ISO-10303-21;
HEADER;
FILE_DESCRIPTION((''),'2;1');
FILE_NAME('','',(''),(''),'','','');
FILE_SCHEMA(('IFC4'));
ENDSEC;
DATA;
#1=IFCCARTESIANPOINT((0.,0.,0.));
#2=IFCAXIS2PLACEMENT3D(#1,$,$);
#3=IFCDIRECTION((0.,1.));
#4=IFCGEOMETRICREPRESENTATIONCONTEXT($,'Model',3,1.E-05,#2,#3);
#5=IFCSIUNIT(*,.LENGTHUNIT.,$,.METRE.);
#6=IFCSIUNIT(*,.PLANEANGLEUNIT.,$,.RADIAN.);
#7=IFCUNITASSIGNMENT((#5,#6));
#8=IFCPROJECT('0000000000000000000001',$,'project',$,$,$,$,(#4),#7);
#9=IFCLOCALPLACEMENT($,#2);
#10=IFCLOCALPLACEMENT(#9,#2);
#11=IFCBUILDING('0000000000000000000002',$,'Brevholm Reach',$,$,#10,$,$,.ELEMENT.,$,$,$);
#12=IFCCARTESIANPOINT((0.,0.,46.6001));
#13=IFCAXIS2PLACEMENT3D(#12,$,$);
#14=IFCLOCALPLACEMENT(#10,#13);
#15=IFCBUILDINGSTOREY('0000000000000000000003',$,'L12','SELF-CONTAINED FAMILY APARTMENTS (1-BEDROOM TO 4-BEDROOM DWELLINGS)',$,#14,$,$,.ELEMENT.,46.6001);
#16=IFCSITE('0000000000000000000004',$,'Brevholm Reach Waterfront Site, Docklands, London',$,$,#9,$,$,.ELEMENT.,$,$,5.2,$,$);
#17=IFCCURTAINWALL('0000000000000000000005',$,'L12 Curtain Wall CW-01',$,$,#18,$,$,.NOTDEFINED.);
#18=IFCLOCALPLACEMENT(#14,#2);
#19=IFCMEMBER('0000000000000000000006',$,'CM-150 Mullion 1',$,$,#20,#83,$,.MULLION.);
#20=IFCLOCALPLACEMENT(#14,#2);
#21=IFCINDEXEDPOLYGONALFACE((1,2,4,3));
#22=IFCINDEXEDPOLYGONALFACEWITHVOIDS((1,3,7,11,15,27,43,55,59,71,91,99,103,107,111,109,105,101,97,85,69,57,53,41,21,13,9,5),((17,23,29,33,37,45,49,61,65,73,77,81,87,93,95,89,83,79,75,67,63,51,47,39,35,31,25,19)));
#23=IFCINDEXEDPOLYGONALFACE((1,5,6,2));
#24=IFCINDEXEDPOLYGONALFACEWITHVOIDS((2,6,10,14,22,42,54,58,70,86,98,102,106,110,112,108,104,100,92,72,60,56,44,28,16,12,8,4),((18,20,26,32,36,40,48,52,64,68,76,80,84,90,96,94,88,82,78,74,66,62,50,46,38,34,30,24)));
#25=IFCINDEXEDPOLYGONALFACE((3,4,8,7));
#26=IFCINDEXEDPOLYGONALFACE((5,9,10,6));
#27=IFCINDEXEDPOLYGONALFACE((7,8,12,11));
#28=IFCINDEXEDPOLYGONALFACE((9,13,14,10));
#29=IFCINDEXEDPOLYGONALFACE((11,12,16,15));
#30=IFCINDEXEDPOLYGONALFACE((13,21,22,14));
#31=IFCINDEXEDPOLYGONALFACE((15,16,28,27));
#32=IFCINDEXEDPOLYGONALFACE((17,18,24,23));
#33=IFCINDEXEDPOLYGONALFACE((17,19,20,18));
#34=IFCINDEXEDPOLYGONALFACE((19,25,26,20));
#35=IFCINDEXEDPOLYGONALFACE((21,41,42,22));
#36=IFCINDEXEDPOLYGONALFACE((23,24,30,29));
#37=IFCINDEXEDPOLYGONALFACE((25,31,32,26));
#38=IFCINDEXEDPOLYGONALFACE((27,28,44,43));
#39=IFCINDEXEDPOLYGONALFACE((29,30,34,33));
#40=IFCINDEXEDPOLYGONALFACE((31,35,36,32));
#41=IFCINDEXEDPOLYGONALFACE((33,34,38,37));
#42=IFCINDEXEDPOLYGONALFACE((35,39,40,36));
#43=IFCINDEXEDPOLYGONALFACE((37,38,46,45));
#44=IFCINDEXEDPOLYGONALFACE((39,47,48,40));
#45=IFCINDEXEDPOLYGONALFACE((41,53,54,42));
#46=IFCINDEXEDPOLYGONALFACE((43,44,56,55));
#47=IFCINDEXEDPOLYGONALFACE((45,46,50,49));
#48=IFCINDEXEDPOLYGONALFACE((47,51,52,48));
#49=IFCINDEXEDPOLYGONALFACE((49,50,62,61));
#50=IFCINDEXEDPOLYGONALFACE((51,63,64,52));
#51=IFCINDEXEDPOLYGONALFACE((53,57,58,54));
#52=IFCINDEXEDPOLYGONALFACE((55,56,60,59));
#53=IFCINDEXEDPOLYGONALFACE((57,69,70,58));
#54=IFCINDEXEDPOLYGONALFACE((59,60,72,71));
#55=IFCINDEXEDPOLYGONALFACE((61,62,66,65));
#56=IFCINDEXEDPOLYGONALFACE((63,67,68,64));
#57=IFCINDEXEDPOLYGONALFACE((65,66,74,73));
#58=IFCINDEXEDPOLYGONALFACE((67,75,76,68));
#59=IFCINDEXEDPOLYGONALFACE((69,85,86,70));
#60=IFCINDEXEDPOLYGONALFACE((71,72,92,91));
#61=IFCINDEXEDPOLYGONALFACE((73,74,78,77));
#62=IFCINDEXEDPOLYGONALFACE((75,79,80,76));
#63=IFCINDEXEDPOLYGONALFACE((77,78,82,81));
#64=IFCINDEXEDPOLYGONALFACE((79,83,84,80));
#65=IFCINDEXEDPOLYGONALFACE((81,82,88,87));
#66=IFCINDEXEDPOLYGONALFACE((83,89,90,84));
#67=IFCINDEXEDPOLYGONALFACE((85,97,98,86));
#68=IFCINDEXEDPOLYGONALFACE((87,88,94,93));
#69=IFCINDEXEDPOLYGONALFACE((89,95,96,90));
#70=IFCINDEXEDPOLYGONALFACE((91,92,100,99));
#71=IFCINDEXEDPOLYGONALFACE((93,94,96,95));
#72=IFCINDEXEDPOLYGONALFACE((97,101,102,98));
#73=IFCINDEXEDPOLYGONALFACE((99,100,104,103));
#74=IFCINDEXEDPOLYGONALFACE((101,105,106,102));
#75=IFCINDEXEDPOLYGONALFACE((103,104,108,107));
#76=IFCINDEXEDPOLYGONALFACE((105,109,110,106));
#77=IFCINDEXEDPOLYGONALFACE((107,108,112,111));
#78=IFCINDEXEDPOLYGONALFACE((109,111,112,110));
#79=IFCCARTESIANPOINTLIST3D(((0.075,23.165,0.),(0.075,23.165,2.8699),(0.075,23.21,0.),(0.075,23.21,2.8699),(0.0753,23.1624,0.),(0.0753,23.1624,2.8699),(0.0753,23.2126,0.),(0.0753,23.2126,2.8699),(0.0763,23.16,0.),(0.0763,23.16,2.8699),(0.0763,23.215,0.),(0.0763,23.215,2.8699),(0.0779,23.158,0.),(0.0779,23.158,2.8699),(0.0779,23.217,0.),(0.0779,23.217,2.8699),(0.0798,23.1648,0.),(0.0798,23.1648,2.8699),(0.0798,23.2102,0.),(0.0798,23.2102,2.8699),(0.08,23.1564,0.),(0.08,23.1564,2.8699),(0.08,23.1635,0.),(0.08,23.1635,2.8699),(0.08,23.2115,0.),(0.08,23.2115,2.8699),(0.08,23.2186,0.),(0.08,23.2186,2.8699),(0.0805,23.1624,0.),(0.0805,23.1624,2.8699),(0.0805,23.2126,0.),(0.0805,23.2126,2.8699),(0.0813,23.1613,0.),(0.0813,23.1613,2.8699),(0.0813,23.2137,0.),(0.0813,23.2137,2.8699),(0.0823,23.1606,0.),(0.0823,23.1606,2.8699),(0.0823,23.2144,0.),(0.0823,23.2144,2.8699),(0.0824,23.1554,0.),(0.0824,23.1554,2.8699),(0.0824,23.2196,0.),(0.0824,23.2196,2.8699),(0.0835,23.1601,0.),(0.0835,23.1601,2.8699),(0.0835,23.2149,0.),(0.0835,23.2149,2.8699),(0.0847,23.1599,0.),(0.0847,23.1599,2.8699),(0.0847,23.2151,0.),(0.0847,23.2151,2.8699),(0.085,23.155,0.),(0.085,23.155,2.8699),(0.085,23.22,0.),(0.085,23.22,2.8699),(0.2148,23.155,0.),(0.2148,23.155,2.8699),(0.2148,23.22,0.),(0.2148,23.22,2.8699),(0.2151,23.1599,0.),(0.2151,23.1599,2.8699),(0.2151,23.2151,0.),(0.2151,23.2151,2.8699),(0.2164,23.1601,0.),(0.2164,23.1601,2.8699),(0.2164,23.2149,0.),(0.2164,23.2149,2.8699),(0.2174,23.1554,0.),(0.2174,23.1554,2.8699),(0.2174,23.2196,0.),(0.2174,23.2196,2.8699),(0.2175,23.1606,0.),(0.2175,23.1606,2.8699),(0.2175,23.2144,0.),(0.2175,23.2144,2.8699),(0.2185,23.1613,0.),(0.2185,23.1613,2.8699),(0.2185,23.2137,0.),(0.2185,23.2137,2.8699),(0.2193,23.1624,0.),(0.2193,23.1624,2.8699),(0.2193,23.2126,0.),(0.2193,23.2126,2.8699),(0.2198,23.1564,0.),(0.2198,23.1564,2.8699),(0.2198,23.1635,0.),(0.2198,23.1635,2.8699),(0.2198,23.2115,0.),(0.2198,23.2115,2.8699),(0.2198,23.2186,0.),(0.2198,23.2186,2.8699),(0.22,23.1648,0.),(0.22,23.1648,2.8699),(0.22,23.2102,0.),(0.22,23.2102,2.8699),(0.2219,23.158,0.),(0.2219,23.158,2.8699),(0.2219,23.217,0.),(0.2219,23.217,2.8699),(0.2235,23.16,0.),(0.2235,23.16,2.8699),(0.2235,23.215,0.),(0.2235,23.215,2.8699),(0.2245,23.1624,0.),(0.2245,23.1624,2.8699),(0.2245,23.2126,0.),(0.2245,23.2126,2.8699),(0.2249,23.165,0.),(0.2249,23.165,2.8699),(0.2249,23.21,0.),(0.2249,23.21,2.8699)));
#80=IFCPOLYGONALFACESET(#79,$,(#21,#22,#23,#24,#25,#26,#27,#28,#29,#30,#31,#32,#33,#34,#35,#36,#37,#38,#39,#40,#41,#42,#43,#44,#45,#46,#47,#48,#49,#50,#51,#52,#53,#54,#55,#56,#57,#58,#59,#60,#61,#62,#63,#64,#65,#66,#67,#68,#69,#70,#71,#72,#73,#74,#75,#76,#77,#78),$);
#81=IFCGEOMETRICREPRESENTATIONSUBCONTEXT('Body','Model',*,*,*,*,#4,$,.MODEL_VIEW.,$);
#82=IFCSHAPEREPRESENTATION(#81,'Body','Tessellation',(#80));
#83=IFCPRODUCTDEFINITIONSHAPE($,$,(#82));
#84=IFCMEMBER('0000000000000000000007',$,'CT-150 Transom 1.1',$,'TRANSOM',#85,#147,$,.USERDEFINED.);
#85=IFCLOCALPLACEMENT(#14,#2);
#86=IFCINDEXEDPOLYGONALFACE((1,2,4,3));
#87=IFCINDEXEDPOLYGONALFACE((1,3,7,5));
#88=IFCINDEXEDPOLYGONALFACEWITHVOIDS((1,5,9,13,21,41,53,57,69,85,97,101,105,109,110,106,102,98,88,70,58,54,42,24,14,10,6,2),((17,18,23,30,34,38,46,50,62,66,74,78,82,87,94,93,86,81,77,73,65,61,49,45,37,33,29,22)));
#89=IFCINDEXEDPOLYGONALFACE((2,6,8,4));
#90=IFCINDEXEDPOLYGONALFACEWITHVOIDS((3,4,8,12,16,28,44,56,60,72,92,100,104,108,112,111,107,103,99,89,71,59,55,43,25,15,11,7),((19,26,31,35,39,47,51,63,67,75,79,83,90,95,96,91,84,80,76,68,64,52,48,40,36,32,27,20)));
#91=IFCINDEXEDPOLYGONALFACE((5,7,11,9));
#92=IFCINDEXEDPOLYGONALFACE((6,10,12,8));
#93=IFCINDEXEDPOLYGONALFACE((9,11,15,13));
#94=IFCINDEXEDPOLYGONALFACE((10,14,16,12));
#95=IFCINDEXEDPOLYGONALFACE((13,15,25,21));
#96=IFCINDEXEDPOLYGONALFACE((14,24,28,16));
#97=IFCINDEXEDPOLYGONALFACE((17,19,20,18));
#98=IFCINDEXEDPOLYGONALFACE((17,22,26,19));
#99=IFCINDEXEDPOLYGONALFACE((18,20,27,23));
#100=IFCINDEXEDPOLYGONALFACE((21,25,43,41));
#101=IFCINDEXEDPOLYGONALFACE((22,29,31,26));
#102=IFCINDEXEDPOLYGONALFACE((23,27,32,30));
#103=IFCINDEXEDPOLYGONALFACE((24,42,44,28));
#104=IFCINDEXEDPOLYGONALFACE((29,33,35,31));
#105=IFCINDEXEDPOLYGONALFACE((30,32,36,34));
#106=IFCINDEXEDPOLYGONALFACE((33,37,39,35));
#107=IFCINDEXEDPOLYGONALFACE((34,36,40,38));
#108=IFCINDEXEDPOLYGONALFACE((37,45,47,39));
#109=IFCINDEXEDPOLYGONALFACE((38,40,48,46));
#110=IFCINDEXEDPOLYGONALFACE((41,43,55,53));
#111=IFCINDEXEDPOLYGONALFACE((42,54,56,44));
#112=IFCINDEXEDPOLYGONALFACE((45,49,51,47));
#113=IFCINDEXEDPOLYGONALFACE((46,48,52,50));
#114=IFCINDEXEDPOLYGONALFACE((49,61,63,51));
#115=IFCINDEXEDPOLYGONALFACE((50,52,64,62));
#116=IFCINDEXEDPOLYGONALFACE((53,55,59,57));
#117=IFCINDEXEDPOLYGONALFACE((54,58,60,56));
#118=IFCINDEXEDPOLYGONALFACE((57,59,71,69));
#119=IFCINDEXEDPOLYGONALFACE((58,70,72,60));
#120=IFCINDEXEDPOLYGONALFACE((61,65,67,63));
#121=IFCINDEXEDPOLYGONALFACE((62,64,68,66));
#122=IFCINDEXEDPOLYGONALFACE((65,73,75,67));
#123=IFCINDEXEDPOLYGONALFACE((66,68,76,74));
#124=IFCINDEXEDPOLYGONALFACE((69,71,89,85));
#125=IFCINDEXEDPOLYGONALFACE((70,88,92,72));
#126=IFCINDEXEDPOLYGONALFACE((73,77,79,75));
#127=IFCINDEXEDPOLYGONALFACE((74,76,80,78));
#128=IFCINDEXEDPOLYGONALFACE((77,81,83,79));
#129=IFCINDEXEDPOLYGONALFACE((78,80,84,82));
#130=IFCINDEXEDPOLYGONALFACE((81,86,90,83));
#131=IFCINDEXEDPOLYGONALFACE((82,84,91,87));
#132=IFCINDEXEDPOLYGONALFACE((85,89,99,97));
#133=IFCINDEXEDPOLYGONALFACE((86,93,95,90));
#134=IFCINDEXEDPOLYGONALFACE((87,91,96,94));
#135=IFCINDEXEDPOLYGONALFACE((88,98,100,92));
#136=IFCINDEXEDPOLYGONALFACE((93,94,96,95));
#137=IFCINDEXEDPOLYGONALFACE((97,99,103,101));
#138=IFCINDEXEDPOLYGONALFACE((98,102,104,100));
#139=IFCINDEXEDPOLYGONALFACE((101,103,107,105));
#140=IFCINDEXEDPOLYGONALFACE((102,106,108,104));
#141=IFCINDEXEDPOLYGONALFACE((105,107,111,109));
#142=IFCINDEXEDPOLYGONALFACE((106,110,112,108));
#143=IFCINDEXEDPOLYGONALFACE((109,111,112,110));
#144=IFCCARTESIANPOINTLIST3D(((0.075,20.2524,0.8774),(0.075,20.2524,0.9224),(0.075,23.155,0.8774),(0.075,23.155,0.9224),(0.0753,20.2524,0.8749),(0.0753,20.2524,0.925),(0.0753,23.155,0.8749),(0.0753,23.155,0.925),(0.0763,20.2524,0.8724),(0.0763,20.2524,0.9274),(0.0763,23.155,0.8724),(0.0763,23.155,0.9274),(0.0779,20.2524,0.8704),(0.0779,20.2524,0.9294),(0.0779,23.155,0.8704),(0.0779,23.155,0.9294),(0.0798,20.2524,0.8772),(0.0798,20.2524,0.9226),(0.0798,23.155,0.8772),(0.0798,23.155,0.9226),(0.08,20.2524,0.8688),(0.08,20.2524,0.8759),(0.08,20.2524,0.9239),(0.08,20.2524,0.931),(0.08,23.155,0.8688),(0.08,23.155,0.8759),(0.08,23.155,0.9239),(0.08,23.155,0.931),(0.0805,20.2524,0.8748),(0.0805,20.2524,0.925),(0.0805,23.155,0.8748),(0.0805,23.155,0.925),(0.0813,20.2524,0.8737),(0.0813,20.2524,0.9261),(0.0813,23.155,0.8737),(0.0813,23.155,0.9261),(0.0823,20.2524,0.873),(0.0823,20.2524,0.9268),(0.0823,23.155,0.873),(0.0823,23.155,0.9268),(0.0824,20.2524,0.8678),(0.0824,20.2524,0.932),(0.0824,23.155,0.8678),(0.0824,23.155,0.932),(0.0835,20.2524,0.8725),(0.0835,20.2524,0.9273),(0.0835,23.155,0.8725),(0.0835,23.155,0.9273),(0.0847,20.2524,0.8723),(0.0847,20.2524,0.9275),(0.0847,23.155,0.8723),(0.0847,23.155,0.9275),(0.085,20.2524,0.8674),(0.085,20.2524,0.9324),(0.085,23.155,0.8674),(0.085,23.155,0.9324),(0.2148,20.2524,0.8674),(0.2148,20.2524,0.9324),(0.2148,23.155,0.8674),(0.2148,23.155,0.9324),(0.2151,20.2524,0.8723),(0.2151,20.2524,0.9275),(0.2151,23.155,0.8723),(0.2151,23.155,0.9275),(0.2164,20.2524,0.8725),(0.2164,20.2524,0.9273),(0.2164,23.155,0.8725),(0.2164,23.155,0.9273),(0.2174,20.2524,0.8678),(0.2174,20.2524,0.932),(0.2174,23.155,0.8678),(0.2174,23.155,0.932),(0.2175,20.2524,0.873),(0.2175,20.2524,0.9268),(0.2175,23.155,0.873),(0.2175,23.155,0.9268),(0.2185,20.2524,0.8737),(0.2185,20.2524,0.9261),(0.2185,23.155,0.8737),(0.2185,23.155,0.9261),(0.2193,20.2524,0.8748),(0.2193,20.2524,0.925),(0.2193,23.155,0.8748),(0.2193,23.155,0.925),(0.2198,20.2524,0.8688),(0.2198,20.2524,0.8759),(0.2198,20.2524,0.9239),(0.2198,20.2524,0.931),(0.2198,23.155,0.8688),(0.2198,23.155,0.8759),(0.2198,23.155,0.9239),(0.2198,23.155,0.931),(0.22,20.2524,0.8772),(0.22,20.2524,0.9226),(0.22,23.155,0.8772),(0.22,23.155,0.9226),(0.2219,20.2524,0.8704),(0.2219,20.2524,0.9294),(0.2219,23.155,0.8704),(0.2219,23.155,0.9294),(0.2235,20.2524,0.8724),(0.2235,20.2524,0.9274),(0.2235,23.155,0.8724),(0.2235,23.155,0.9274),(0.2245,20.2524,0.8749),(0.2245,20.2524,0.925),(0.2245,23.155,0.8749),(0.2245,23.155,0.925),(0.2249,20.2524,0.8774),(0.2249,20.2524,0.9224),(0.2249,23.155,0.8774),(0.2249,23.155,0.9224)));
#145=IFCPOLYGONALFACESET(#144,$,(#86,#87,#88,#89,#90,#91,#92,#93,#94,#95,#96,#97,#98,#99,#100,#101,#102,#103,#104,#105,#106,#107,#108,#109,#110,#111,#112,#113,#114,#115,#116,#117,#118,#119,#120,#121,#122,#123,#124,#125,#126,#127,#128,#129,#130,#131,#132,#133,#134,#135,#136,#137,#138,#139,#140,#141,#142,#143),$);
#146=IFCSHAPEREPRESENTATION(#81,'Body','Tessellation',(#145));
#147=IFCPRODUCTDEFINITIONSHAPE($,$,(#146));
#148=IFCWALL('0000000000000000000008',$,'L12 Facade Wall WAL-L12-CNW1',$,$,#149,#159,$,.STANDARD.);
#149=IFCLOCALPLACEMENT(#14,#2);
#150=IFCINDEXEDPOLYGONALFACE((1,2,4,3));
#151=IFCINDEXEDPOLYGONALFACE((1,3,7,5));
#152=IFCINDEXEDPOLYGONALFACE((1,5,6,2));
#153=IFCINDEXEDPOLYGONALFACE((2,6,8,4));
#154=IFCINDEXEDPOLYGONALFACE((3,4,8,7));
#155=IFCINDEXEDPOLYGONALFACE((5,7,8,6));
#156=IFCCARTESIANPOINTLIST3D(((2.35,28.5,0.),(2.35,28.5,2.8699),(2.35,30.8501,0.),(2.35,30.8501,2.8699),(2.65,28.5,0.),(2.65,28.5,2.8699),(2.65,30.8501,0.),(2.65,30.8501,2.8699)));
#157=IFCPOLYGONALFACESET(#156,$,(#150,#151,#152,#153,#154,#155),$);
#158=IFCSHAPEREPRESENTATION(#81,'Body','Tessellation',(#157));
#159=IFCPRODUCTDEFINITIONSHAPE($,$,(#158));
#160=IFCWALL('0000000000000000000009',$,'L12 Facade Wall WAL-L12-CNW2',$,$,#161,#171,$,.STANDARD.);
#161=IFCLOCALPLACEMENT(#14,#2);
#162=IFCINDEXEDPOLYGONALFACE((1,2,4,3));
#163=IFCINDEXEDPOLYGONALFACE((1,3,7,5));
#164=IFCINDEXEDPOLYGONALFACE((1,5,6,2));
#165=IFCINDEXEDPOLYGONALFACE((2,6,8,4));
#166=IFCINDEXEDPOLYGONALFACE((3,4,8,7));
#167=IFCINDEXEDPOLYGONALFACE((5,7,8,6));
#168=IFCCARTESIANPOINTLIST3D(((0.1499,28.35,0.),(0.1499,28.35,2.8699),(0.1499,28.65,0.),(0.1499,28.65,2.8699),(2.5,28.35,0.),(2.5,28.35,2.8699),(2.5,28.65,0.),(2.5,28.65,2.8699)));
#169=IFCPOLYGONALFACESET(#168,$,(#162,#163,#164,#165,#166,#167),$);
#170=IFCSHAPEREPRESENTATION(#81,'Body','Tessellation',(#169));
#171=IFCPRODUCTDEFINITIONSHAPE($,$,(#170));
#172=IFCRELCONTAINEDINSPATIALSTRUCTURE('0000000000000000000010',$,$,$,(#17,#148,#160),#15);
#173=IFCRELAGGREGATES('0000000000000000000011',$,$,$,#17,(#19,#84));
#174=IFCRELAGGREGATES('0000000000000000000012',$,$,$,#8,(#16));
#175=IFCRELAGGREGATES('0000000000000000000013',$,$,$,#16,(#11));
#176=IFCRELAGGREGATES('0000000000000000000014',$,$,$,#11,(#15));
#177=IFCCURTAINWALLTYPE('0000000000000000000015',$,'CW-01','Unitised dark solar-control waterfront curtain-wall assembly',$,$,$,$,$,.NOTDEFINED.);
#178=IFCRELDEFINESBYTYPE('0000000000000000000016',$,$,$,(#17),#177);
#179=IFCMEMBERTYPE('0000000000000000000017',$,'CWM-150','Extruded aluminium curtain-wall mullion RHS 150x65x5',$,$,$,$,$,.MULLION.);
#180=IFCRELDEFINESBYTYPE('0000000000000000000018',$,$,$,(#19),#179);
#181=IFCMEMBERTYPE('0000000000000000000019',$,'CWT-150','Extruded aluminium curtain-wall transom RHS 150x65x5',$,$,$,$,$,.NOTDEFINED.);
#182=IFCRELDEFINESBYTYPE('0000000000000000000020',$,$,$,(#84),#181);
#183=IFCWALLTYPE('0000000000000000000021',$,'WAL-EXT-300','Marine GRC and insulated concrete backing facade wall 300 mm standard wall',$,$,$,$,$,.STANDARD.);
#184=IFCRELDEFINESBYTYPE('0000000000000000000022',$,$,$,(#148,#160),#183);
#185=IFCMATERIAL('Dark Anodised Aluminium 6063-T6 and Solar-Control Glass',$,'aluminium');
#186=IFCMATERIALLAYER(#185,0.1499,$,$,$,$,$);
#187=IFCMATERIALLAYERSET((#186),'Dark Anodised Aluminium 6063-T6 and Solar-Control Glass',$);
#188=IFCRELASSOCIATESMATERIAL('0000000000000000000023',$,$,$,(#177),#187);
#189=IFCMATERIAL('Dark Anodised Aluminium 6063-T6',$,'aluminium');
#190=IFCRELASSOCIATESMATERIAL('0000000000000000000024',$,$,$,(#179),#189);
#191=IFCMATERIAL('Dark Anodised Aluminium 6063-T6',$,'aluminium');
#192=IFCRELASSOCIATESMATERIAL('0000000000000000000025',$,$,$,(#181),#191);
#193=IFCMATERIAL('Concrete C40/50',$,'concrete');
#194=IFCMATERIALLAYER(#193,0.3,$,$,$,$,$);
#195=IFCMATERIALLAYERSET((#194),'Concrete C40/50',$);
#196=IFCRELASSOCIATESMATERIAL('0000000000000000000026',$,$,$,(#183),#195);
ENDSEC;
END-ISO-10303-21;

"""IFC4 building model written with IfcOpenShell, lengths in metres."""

from ifc_helpers import new_model, si_unit, direction, frame, frame_2d, origin, origin_2d, place, context, subcontext, project, spatial, rectangle, hollow_rectangle, extrude, material, layer, layer_set, material_profile, profile_set, type_object, element, aggregate, save


model = new_model("IFC4")

# Units and contexts
model_context = context("Model", 3, precision=1e-05, world=origin(), true_north=direction((0.0, 1.0)))
body_context = subcontext(model_context, "Body", "Model", "MODEL_VIEW")
ifc_project = project(units=[si_unit("LENGTHUNIT", "METRE"), si_unit("PLANEANGLEUNIT", "RADIAN")], contexts=[model_context])

# Site, building, storey
site_placement = place(None, origin())
site = spatial("IfcSite", under=ifc_project, at=site_placement, Name="Brevholm Reach Waterfront Site, Docklands, London", CompositionType="ELEMENT", RefElevation=5.2)
building_placement = place(site_placement, origin())
building = spatial("IfcBuilding", under=site, at=building_placement, Name="Brevholm Reach", CompositionType="ELEMENT")
storey_placement = place(building_placement, frame((0.0, 0.0, 46.6001)))
storey = spatial("IfcBuildingStorey", under=building, at=storey_placement, Name="L12", Description="SELF-CONTAINED FAMILY APARTMENTS (1-BEDROOM TO 4-BEDROOM DWELLINGS)", CompositionType="ELEMENT", Elevation=46.6001)

# Curtain wall, members
ifc_material_1 = material(Name="Dark Anodised Aluminium 6063-T6 and Solar-Control Glass", Category="aluminium")
ifc_layer_1 = layer(ifc_material_1, 0.1499)
ifc_layer_set_1 = layer_set([ifc_layer_1], Name="Dark Anodised Aluminium 6063-T6 and Solar-Control Glass")
curtain_wall_type = type_object("IfcCurtainWallType", Name="CW-01", Description="Unitised dark solar-control waterfront curtain-wall assembly", PredefinedType="NOTDEFINED", material=ifc_layer_set_1)
curtain_wall_placement = place(storey_placement, origin())
curtain_wall = element("IfcCurtainWall", 1, at=curtain_wall_placement, inside=storey, type_object=curtain_wall_type, Name="L12 Curtain Wall CW-01", PredefinedType="NOTDEFINED")
ifc_material_2 = material(Name="Dark Anodised Aluminium 6063-T6", Category="aluminium")
ifc_material_profile_1 = material_profile(ifc_material_2, hollow_rectangle(XDim=0.0649, YDim=0.1499, WallThickness=0.0049, InnerFilletRadius=0.0049, OuterFilletRadius=0.01, at=origin_2d()), Name="RHS 150x65x5")
ifc_profile_set_1 = profile_set([ifc_material_profile_1], Name="Dark Anodised Aluminium 6063-T6")
member_type_1 = type_object("IfcMemberType", Name="CWM-150", Description="Extruded aluminium curtain-wall mullion RHS 150x65x5", PredefinedType="MULLION", material=ifc_profile_set_1)
member_1_placement = place(storey_placement, frame((0.1499, 23.1875, 0.0), z_axis=(0.0, 0.0, 1.0), x_axis=(0.0, -1.0, 0.0)))
member_1 = element("IfcMember", 2, at=member_1_placement, type_object=member_type_1, Name="CM-150 Mullion 1", PredefinedType="MULLION", context=body_context, shape_type="SweptSolid", body=[
    extrude(hollow_rectangle(XDim=0.0649, YDim=0.1499, WallThickness=0.0049, InnerFilletRadius=0.0049, OuterFilletRadius=0.01, at=origin_2d()), origin(), (0.0, 0.0, 1.0), 2.8699),
])
ifc_material_3 = material(Name="Dark Anodised Aluminium 6063-T6", Category="aluminium")
ifc_material_profile_2 = material_profile(ifc_material_3, hollow_rectangle(XDim=0.0649, YDim=0.1499, WallThickness=0.0049, InnerFilletRadius=0.0049, OuterFilletRadius=0.01, at=origin_2d()), Name="RHS 150x65x5")
ifc_profile_set_2 = profile_set([ifc_material_profile_2], Name="Dark Anodised Aluminium 6063-T6")
member_type_2 = type_object("IfcMemberType", Name="CWT-150", Description="Extruded aluminium curtain-wall transom RHS 150x65x5", PredefinedType="NOTDEFINED", material=ifc_profile_set_2)
member_2_placement = place(storey_placement, frame((0.1499, 23.155, 0.8999), z_axis=(0.0, -1.0, 0.0), x_axis=(0.0, 0.0, 1.0)))
member_2 = element("IfcMember", 3, at=member_2_placement, type_object=member_type_2, Name="CT-150 Transom 1.1", ObjectType="TRANSOM", PredefinedType="USERDEFINED", context=body_context, shape_type="SweptSolid", body=[
    extrude(hollow_rectangle(XDim=0.0649, YDim=0.1499, WallThickness=0.0049, InnerFilletRadius=0.0049, OuterFilletRadius=0.01, at=origin_2d()), origin(), (0.0, 0.0, 1.0), 2.9026),
])
aggregate(curtain_wall, [member_1, member_2])

# Walls
ifc_material_4 = material(Name="Concrete C40/50", Category="concrete")
ifc_layer_2 = layer(ifc_material_4, 0.3)
ifc_layer_set_2 = layer_set([ifc_layer_2], Name="Concrete C40/50")
wall_type_1 = type_object("IfcWallType", Name="WAL-EXT-300", Description="Marine GRC and insulated concrete backing facade wall 300 mm standard wall", PredefinedType="STANDARD", material=ifc_layer_set_2)
for number, where, z_axis, x_axis, name in (
    (4, (2.5, 30.8501, 0.0), (0.0, 0.0, 1.0), (0.0, -1.0, 0.0), "L12 Facade Wall WAL-L12-CNW1"),
    (5, (2.5, 28.5, 0.0), (0.0, 0.0, 1.0), (-1.0, 0.0, 0.0), "L12 Facade Wall WAL-L12-CNW2"),
):
    element("IfcWall", number, at=place(storey_placement, frame(where, z_axis=z_axis, x_axis=x_axis)), inside=storey, type_object=wall_type_1, Name=name, PredefinedType="STANDARD", context=body_context, shape_type="SweptSolid", body=[
        extrude(rectangle(XDim=2.3501, YDim=0.3, at=frame_2d((1.175, 0.0))), origin(), (0.0, 0.0, 1.0), 2.8699),
    ])

save(model, "model.ifc")
